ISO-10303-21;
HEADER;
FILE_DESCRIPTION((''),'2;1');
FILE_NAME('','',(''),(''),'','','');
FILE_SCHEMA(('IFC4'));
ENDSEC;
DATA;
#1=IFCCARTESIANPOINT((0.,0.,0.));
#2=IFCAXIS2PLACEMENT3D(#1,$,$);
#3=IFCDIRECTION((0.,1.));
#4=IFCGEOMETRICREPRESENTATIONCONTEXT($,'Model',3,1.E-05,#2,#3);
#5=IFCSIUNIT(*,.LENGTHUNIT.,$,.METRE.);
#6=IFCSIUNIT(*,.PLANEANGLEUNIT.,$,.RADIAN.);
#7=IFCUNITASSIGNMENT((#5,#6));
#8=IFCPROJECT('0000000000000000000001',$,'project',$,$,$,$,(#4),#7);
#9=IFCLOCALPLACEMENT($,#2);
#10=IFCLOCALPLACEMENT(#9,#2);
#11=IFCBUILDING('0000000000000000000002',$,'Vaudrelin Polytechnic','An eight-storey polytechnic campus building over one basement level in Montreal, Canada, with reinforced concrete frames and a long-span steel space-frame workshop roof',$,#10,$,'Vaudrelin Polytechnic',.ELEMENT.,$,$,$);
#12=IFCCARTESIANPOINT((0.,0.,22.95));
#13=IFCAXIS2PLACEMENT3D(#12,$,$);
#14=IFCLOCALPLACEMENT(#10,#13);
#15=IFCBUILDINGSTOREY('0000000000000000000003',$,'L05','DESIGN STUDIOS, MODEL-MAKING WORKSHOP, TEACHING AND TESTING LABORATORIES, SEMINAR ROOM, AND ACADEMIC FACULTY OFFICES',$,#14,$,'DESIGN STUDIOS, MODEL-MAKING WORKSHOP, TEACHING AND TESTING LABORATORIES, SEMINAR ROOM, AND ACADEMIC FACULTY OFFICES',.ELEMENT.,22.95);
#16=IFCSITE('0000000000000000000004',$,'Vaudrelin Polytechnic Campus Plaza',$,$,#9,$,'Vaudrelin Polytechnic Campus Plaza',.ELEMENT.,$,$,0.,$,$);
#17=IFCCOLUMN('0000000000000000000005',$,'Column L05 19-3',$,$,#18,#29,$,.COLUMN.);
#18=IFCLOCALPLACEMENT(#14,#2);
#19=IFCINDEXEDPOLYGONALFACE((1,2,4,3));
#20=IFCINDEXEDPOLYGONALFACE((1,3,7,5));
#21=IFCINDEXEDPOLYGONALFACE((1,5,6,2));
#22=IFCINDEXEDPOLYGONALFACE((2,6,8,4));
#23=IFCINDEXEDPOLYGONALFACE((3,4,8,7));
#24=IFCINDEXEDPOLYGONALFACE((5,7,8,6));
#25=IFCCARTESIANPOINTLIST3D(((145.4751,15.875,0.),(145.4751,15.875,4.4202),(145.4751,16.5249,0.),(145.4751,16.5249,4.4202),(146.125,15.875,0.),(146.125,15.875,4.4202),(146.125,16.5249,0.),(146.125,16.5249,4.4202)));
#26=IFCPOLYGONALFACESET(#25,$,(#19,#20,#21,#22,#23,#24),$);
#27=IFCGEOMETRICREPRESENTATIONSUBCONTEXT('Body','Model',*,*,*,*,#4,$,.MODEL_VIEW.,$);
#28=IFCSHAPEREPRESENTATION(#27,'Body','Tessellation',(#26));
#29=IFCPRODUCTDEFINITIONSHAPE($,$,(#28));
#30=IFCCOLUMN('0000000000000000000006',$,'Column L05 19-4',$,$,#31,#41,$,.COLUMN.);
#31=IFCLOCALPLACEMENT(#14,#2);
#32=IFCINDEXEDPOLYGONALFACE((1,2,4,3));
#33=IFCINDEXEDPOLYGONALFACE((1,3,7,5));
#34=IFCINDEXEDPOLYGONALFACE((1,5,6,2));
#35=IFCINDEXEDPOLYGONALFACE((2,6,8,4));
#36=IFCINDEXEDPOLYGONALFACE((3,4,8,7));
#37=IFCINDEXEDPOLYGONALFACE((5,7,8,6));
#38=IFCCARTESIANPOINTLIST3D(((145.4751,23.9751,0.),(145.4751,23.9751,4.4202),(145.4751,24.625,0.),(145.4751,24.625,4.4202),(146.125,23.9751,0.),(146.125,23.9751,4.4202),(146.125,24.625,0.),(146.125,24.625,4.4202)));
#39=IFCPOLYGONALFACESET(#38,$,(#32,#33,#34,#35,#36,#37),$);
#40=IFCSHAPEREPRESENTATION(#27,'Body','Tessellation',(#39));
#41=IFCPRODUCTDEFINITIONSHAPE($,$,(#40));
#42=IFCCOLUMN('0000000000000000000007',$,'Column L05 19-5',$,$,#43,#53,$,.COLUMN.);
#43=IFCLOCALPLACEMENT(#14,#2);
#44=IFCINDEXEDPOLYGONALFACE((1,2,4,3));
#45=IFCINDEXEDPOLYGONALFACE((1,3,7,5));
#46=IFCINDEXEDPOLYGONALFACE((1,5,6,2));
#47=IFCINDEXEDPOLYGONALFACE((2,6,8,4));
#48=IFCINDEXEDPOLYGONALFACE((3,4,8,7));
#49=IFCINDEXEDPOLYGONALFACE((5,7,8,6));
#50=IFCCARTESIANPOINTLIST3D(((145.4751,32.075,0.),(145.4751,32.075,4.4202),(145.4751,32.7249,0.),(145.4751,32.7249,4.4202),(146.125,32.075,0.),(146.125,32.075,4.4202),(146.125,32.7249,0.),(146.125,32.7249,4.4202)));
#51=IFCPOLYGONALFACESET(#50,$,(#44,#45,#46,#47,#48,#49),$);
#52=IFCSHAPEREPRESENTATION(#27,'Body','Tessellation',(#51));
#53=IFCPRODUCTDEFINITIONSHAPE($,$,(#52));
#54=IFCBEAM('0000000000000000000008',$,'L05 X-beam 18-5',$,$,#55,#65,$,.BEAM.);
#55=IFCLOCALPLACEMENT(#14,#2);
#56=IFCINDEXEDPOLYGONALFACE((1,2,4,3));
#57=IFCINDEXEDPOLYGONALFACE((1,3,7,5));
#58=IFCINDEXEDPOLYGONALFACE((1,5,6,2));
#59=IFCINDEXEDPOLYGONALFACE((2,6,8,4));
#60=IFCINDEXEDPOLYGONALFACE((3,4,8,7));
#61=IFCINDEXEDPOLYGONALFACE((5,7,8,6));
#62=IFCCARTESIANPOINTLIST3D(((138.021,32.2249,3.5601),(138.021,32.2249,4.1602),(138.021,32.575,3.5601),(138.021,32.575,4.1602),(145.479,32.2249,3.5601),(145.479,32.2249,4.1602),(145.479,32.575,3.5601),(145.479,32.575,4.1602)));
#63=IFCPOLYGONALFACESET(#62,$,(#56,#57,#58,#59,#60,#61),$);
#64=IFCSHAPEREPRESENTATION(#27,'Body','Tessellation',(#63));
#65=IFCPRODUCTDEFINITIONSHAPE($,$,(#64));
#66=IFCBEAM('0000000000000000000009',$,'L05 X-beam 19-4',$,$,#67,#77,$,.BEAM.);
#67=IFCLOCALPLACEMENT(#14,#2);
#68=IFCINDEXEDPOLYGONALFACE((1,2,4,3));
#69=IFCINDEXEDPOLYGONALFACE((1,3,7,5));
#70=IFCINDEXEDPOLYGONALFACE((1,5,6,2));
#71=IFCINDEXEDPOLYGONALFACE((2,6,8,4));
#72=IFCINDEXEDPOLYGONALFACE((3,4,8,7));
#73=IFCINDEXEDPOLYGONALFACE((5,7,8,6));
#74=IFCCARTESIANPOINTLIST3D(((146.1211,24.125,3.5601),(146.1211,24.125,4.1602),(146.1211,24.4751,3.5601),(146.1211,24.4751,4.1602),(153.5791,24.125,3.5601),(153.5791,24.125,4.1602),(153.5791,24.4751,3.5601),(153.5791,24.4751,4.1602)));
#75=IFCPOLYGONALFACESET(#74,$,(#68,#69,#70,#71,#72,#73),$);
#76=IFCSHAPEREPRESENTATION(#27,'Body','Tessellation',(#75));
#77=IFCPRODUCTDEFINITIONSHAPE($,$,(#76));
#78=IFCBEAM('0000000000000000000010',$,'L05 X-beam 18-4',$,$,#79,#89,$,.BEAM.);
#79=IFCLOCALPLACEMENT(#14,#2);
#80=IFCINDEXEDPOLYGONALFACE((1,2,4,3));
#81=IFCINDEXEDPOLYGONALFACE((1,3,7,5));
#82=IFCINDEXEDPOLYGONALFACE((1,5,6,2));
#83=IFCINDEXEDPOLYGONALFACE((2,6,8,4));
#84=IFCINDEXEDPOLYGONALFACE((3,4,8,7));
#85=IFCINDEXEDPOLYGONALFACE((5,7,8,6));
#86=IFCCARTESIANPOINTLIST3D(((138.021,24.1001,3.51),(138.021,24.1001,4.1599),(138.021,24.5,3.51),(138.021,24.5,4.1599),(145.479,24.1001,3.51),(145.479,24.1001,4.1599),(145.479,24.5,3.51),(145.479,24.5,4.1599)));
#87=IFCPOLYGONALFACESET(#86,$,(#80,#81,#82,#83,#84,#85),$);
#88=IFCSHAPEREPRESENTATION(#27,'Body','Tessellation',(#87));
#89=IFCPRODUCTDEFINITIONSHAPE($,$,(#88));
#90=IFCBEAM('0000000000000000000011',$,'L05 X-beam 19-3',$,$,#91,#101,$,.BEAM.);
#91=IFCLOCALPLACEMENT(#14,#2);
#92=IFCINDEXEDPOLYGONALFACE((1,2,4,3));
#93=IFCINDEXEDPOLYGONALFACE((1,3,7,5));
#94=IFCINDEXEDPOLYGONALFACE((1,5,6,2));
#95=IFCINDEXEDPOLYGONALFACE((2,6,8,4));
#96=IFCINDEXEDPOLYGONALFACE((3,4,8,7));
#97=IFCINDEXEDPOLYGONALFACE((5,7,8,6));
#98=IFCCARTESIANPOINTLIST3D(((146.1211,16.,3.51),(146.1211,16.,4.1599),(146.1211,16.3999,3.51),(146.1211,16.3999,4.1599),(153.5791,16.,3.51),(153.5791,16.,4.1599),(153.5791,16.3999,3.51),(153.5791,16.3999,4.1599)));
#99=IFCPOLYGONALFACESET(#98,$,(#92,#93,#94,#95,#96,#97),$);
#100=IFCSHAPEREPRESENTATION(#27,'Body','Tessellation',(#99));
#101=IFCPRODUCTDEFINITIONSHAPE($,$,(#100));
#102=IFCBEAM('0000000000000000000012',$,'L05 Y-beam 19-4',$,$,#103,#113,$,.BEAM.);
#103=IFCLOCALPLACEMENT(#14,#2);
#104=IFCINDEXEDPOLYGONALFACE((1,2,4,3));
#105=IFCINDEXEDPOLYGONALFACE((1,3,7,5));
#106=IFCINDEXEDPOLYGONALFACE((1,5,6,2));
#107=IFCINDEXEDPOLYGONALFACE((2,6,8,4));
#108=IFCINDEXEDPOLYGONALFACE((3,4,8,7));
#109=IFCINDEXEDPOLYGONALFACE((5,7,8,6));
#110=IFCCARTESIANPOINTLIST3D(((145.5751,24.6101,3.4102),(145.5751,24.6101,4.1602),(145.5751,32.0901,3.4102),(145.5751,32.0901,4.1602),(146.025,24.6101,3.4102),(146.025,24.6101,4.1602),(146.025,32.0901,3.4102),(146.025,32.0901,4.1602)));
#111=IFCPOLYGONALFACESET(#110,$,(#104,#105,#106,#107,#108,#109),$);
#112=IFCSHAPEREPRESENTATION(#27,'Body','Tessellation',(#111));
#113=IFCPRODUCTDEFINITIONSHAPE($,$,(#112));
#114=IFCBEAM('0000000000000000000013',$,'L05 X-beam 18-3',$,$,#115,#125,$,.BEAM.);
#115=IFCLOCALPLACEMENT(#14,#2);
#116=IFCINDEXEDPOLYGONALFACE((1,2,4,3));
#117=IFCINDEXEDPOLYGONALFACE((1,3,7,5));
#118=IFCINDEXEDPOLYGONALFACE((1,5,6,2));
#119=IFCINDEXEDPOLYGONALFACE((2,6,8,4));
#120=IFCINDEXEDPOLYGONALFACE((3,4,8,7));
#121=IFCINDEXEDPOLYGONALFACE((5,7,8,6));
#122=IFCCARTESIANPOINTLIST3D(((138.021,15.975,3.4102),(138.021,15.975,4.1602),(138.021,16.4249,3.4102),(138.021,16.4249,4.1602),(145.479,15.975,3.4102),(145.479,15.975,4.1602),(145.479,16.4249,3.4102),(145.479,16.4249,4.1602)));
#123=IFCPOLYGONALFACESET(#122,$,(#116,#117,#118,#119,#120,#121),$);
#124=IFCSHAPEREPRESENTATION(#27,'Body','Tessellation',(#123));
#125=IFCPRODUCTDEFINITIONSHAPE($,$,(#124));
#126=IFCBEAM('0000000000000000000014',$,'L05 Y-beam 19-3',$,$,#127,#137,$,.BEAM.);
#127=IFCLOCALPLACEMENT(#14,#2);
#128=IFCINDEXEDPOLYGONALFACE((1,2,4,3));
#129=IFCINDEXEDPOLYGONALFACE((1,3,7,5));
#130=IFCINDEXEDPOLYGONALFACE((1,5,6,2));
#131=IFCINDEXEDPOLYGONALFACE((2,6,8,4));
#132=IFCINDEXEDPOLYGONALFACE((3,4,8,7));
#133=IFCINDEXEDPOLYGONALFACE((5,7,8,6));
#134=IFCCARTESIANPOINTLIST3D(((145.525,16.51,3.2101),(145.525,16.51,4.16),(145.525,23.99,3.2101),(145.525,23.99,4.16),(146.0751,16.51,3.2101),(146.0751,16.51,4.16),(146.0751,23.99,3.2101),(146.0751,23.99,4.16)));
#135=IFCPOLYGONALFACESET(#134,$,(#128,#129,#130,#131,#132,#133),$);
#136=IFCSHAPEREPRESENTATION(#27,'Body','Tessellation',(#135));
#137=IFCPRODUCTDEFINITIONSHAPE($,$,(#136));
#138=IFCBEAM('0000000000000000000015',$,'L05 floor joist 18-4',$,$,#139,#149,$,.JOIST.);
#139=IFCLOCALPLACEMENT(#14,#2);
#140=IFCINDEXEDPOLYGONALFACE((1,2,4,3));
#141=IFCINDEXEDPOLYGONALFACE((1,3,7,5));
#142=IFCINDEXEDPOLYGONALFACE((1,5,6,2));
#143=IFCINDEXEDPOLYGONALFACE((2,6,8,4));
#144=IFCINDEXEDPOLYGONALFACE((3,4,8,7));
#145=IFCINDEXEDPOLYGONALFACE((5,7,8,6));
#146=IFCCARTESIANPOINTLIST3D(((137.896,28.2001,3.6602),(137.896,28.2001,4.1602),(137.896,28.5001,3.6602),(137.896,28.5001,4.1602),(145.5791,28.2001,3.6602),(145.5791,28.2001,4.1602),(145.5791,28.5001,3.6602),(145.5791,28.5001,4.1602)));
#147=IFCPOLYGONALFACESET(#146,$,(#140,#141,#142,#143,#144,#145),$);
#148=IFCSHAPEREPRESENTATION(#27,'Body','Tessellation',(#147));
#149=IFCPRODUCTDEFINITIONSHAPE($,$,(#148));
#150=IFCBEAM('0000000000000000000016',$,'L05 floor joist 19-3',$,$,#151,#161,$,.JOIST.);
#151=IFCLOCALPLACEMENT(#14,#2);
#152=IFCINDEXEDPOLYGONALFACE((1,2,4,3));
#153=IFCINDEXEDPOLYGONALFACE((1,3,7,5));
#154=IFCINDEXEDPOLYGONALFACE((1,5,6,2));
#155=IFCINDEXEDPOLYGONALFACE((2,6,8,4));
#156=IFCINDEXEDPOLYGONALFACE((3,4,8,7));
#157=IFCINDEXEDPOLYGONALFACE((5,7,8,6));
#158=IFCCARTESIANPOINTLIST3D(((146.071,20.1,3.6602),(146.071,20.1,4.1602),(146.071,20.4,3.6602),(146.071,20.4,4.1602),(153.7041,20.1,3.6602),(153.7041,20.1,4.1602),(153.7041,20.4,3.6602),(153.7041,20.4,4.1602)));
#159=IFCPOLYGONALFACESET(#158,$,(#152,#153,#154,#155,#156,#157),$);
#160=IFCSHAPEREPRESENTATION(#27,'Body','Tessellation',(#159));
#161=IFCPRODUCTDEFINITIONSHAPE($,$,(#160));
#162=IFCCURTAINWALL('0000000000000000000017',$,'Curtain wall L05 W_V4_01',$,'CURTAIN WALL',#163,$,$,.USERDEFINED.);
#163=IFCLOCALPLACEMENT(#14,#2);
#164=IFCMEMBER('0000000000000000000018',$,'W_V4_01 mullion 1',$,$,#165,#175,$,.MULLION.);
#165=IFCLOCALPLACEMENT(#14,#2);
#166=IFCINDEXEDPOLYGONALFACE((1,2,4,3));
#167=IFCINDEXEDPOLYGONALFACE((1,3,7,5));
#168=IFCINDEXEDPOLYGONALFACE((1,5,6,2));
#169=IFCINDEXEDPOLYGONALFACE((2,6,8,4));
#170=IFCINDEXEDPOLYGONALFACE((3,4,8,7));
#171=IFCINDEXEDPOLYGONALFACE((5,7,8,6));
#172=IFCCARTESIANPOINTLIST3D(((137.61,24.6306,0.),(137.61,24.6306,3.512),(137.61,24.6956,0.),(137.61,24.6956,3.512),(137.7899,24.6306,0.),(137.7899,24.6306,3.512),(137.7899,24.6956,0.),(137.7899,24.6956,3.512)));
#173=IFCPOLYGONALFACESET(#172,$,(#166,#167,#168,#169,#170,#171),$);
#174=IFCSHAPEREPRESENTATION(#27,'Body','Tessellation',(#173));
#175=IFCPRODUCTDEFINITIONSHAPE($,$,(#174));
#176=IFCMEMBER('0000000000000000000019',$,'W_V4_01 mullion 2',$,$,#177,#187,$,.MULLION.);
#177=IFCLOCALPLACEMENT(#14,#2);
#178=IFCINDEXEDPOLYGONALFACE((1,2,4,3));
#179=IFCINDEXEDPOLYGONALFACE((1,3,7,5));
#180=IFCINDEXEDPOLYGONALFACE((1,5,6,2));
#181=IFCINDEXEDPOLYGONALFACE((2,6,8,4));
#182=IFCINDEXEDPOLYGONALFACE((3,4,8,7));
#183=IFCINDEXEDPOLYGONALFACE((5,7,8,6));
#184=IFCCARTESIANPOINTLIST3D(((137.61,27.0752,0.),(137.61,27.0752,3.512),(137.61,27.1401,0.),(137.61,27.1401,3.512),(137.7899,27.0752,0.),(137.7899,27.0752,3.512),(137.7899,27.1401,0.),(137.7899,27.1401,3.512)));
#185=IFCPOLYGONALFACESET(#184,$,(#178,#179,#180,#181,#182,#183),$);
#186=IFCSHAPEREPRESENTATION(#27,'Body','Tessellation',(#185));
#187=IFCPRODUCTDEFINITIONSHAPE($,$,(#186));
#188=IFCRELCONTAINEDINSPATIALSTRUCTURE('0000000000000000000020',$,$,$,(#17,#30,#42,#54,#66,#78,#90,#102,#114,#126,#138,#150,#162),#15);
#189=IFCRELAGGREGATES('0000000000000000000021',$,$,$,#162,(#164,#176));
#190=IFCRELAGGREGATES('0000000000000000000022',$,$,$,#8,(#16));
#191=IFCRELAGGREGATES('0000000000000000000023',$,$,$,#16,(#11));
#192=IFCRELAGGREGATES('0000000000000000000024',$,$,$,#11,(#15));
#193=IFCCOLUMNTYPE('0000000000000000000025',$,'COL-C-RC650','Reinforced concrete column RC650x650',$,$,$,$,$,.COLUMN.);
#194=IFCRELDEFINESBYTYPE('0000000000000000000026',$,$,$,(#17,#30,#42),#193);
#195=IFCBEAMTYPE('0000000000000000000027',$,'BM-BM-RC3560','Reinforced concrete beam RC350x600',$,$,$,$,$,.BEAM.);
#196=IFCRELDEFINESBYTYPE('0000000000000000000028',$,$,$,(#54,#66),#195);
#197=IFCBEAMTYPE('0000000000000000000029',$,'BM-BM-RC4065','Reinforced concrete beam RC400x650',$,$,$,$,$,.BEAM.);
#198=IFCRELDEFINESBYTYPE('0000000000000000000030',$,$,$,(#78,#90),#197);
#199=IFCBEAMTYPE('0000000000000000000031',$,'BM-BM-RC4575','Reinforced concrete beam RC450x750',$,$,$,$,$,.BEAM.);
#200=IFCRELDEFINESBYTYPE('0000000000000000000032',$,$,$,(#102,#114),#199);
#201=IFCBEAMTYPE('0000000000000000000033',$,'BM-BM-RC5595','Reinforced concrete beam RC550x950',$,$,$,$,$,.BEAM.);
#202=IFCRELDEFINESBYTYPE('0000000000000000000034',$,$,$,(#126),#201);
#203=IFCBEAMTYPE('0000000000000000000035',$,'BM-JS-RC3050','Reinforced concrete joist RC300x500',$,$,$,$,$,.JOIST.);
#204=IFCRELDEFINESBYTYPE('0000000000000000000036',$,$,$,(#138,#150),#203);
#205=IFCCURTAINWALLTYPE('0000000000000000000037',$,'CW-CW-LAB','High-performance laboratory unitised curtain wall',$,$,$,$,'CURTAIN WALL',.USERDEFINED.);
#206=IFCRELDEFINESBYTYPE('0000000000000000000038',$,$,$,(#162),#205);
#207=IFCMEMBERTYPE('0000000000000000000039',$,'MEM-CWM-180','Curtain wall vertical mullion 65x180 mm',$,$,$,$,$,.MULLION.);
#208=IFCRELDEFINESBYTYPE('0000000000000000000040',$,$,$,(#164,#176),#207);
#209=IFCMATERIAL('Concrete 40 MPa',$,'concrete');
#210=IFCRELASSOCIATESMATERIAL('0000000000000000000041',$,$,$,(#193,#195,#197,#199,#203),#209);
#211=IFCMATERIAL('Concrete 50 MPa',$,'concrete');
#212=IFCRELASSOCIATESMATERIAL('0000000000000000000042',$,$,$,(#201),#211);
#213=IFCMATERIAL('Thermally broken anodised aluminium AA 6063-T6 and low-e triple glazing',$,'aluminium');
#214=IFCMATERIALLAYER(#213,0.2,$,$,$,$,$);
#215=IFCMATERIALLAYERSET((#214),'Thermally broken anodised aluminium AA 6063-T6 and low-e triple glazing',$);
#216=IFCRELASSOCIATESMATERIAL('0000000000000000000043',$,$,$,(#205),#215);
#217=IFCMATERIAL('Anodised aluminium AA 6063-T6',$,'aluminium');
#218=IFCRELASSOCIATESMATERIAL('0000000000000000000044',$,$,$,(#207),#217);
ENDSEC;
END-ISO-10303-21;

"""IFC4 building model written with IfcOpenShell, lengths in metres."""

from ifc_helpers import new_model, si_unit, direction, frame, origin, origin_2d, place, context, subcontext, project, spatial, rectangle, extrude, material, layer, layer_set, material_profile, profile_set, type_object, element, aggregate, save


model = new_model("IFC4")

# Units and contexts
model_context = context("Model", 3, precision=1e-05, world=origin(), true_north=direction((0.0, 1.0)))
body_context = subcontext(model_context, "Body", "Model", "MODEL_VIEW")
ifc_project = project(units=[si_unit("LENGTHUNIT", "METRE"), si_unit("PLANEANGLEUNIT", "RADIAN")], contexts=[model_context])

# Site, building, storey
site_placement = place(None, origin())
site = spatial("IfcSite", under=ifc_project, at=site_placement, Name="Vaudrelin Polytechnic Campus Plaza", LongName="Vaudrelin Polytechnic Campus Plaza", CompositionType="ELEMENT", RefElevation=0.0)
building_placement = place(site_placement, origin())
building = spatial("IfcBuilding", under=site, at=building_placement, Name="Vaudrelin Polytechnic", Description="An eight-storey polytechnic campus building over one basement level in Montreal, Canada, with reinforced concrete frames and a long-span steel space-frame workshop roof", LongName="Vaudrelin Polytechnic", CompositionType="ELEMENT")
storey_placement = place(building_placement, frame((0.0, 0.0, 22.95)))
storey = spatial("IfcBuildingStorey", under=building, at=storey_placement, Name="L05", Description="DESIGN STUDIOS, MODEL-MAKING WORKSHOP, TEACHING AND TESTING LABORATORIES, SEMINAR ROOM, AND ACADEMIC FACULTY OFFICES", LongName="DESIGN STUDIOS, MODEL-MAKING WORKSHOP, TEACHING AND TESTING LABORATORIES, SEMINAR ROOM, AND ACADEMIC FACULTY OFFICES", CompositionType="ELEMENT", Elevation=22.95)

# Columns
ifc_material_1 = material(Name="Concrete 40 MPa", Category="concrete")
ifc_material_profile_1 = material_profile(ifc_material_1, rectangle(XDim=0.6499, YDim=0.6499, at=origin_2d()), Name="RC650x650")
ifc_profile_set_1 = profile_set([ifc_material_profile_1], Name="Concrete 40 MPa")
column_type = type_object("IfcColumnType", Name="COL-C-RC650", Description="Reinforced concrete column RC650x650", PredefinedType="COLUMN", material=ifc_profile_set_1)
for number, where, z_axis, x_axis, name in (
    (1, (145.8, 16.2, 0.0), (0.0, 0.0, 1.0), (1.0, 0.0, 0.0), "Column L05 19-3"),
    (2, (145.8, 24.3, 0.0), (0.0, 0.0, 1.0), (1.0, 0.0, 0.0), "Column L05 19-4"),
    (3, (145.8, 32.3999, 0.0), (0.0, 0.0, 1.0), (1.0, 0.0, 0.0), "Column L05 19-5"),
):
    element("IfcColumn", number, at=place(storey_placement, frame(where, z_axis=z_axis, x_axis=x_axis)), inside=storey, type_object=column_type, Name=name, PredefinedType="COLUMN", context=body_context, shape_type="SweptSolid", body=[
        extrude(rectangle(XDim=0.6499, YDim=0.6499, at=origin_2d()), origin(), (0.0, 0.0, 1.0), 4.4202),
    ])

# Beams
ifc_material_profile_2 = material_profile(ifc_material_1, rectangle(XDim=0.3501, YDim=0.6001, at=origin_2d()), Name="RC350x600")
ifc_profile_set_2 = profile_set([ifc_material_profile_2], Name="Concrete 40 MPa")
beam_type_1 = type_object("IfcBeamType", Name="BM-BM-RC3560", Description="Reinforced concrete beam RC350x600", PredefinedType="BEAM", material=ifc_profile_set_2)
for number, where, z_axis, x_axis, name in (
    (4, (138.021, 32.3999, 3.8601), (1.0, 0.0, 0.0), (0.0, 1.0, 0.0), "L05 X-beam 18-5"),
    (5, (146.1211, 24.3, 3.8601), (1.0, 0.0, 0.0), (0.0, 1.0, 0.0), "L05 X-beam 19-4"),
):
    element("IfcBeam", number, at=place(storey_placement, frame(where, z_axis=z_axis, x_axis=x_axis)), inside=storey, type_object=beam_type_1, Name=name, PredefinedType="BEAM", context=body_context, shape_type="SweptSolid", body=[
        extrude(rectangle(XDim=0.3501, YDim=0.6001, at=origin_2d()), origin(), (0.0, 0.0, 1.0), 7.458),
    ])
ifc_material_profile_3 = material_profile(ifc_material_1, rectangle(XDim=0.3999, YDim=0.6499, at=origin_2d()), Name="RC400x650")
ifc_profile_set_3 = profile_set([ifc_material_profile_3], Name="Concrete 40 MPa")
beam_type_2 = type_object("IfcBeamType", Name="BM-BM-RC4065", Description="Reinforced concrete beam RC400x650", PredefinedType="BEAM", material=ifc_profile_set_3)
for number, where, z_axis, x_axis, name in (
    (6, (138.021, 24.3, 3.835), (1.0, 0.0, 0.0), (0.0, 1.0, 0.0), "L05 X-beam 18-4"),
    (7, (146.1211, 16.2, 3.835), (1.0, 0.0, 0.0), (0.0, 1.0, 0.0), "L05 X-beam 19-3"),
):
    element("IfcBeam", number, at=place(storey_placement, frame(where, z_axis=z_axis, x_axis=x_axis)), inside=storey, type_object=beam_type_2, Name=name, PredefinedType="BEAM", context=body_context, shape_type="SweptSolid", body=[
        extrude(rectangle(XDim=0.3999, YDim=0.6499, at=origin_2d()), origin(), (0.0, 0.0, 1.0), 7.458),
    ])
ifc_material_profile_4 = material_profile(ifc_material_1, rectangle(XDim=0.45, YDim=0.75, at=origin_2d()), Name="RC450x750")
ifc_profile_set_4 = profile_set([ifc_material_profile_4], Name="Concrete 40 MPa")
beam_type_3 = type_object("IfcBeamType", Name="BM-BM-RC4575", Description="Reinforced concrete beam RC450x750", PredefinedType="BEAM", material=ifc_profile_set_4)
beam_1_placement = place(storey_placement, frame((145.8, 24.6101, 3.7852), z_axis=(0.0, 1.0, 0.0), x_axis=(-1.0, 0.0, 0.0)))
element("IfcBeam", 8, at=beam_1_placement, inside=storey, type_object=beam_type_3, Name="L05 Y-beam 19-4", PredefinedType="BEAM", context=body_context, shape_type="SweptSolid", body=[
    extrude(rectangle(XDim=0.45, YDim=0.75, at=origin_2d()), origin(), (0.0, 0.0, 1.0), 7.48),
])
beam_2_placement = place(storey_placement, frame((138.021, 16.2, 3.7852), z_axis=(1.0, 0.0, 0.0), x_axis=(0.0, 1.0, 0.0)))
element("IfcBeam", 9, at=beam_2_placement, inside=storey, type_object=beam_type_3, Name="L05 X-beam 18-3", PredefinedType="BEAM", context=body_context, shape_type="SweptSolid", body=[
    extrude(rectangle(XDim=0.45, YDim=0.75, at=origin_2d()), origin(), (0.0, 0.0, 1.0), 7.458),
])
ifc_material_2 = material(Name="Concrete 50 MPa", Category="concrete")
ifc_material_profile_5 = material_profile(ifc_material_2, rectangle(XDim=0.55, YDim=0.95, at=origin_2d()), Name="RC550x950")
ifc_profile_set_5 = profile_set([ifc_material_profile_5], Name="Concrete 50 MPa")
beam_type_4 = type_object("IfcBeamType", Name="BM-BM-RC5595", Description="Reinforced concrete beam RC550x950", PredefinedType="BEAM", material=ifc_profile_set_5)
beam_3_placement = place(storey_placement, frame((145.8, 16.51, 3.6851), z_axis=(0.0, 1.0, 0.0), x_axis=(-1.0, 0.0, 0.0)))
element("IfcBeam", 10, at=beam_3_placement, inside=storey, type_object=beam_type_4, Name="L05 Y-beam 19-3", PredefinedType="BEAM", context=body_context, shape_type="SweptSolid", body=[
    extrude(rectangle(XDim=0.55, YDim=0.95, at=origin_2d()), origin(), (0.0, 0.0, 1.0), 7.48),
])
ifc_material_profile_6 = material_profile(ifc_material_1, rectangle(XDim=0.3, YDim=0.5, at=origin_2d()), Name="RC300x500")
ifc_profile_set_6 = profile_set([ifc_material_profile_6], Name="Concrete 40 MPa")
beam_type_5 = type_object("IfcBeamType", Name="BM-JS-RC3050", Description="Reinforced concrete joist RC300x500", PredefinedType="JOIST", material=ifc_profile_set_6)
beam_4_placement = place(storey_placement, frame((137.896, 28.3501, 3.9102), z_axis=(1.0, 0.0, 0.0), x_axis=(0.0, 1.0, 0.0)))
element("IfcBeam", 11, at=beam_4_placement, inside=storey, type_object=beam_type_5, Name="L05 floor joist 18-4", PredefinedType="JOIST", context=body_context, shape_type="SweptSolid", body=[
    extrude(rectangle(XDim=0.3, YDim=0.5, at=origin_2d()), origin(), (0.0, 0.0, 1.0), 7.6831),
])
beam_5_placement = place(storey_placement, frame((146.071, 20.25, 3.9102), z_axis=(1.0, 0.0, 0.0), x_axis=(0.0, 1.0, 0.0)))
element("IfcBeam", 12, at=beam_5_placement, inside=storey, type_object=beam_type_5, Name="L05 floor joist 19-3", PredefinedType="JOIST", context=body_context, shape_type="SweptSolid", body=[
    extrude(rectangle(XDim=0.3, YDim=0.5, at=origin_2d()), origin(), (0.0, 0.0, 1.0), 7.6331),
])

# Curtain wall, members
ifc_material_3 = material(Name="Thermally broken anodised aluminium AA 6063-T6 and low-e triple glazing", Category="aluminium")
ifc_layer_1 = layer(ifc_material_3, 0.2)
ifc_layer_set_1 = layer_set([ifc_layer_1], Name="Thermally broken anodised aluminium AA 6063-T6 and low-e triple glazing")
curtain_wall_type = type_object("IfcCurtainWallType", Name="CW-CW-LAB", Description="High-performance laboratory unitised curtain wall", ElementType="CURTAIN WALL", PredefinedType="USERDEFINED", material=ifc_layer_set_1)
curtain_wall_1_placement = place(storey_placement, origin())
curtain_wall_1 = element("IfcCurtainWall", 13, at=curtain_wall_1_placement, inside=storey, type_object=curtain_wall_type, Name="Curtain wall L05 W_V4_01", ObjectType="CURTAIN WALL", PredefinedType="USERDEFINED")
ifc_material_4 = material(Name="Anodised aluminium AA 6063-T6", Category="aluminium")
ifc_material_profile_7 = material_profile(ifc_material_4, rectangle(XDim=0.0649, YDim=0.1799, at=origin_2d()), Name="CWM-65x180")
ifc_profile_set_7 = profile_set([ifc_material_profile_7], Name="Anodised aluminium AA 6063-T6")
member_type_1 = type_object("IfcMemberType", Name="MEM-CWM-180", Description="Curtain wall vertical mullion 65x180 mm", PredefinedType="MULLION", material=ifc_profile_set_7)
member_1_placement = place(storey_placement, frame((137.7, 24.6631, 0.0), z_axis=(0.0, 0.0, 1.0), x_axis=(0.0, 1.0, 0.0)))
member_1 = element("IfcMember", 14, at=member_1_placement, type_object=member_type_1, Name="W_V4_01 mullion 1", PredefinedType="MULLION", context=body_context, shape_type="SweptSolid", body=[
    extrude(rectangle(XDim=0.0649, YDim=0.1799, at=origin_2d()), origin(), (0.0, 0.0, 1.0), 3.512),
])
member_2_placement = place(storey_placement, frame((137.7, 27.1077, 0.0), z_axis=(0.0, 0.0, 1.0), x_axis=(0.0, 1.0, 0.0)))
member_2 = element("IfcMember", 15, at=member_2_placement, type_object=member_type_1, Name="W_V4_01 mullion 2", PredefinedType="MULLION", context=body_context, shape_type="SweptSolid", body=[
    extrude(rectangle(XDim=0.0649, YDim=0.1799, at=origin_2d()), origin(), (0.0, 0.0, 1.0), 3.512),
])

aggregate(curtain_wall_1, [member_1, member_2])

save(model, "model.ifc")
